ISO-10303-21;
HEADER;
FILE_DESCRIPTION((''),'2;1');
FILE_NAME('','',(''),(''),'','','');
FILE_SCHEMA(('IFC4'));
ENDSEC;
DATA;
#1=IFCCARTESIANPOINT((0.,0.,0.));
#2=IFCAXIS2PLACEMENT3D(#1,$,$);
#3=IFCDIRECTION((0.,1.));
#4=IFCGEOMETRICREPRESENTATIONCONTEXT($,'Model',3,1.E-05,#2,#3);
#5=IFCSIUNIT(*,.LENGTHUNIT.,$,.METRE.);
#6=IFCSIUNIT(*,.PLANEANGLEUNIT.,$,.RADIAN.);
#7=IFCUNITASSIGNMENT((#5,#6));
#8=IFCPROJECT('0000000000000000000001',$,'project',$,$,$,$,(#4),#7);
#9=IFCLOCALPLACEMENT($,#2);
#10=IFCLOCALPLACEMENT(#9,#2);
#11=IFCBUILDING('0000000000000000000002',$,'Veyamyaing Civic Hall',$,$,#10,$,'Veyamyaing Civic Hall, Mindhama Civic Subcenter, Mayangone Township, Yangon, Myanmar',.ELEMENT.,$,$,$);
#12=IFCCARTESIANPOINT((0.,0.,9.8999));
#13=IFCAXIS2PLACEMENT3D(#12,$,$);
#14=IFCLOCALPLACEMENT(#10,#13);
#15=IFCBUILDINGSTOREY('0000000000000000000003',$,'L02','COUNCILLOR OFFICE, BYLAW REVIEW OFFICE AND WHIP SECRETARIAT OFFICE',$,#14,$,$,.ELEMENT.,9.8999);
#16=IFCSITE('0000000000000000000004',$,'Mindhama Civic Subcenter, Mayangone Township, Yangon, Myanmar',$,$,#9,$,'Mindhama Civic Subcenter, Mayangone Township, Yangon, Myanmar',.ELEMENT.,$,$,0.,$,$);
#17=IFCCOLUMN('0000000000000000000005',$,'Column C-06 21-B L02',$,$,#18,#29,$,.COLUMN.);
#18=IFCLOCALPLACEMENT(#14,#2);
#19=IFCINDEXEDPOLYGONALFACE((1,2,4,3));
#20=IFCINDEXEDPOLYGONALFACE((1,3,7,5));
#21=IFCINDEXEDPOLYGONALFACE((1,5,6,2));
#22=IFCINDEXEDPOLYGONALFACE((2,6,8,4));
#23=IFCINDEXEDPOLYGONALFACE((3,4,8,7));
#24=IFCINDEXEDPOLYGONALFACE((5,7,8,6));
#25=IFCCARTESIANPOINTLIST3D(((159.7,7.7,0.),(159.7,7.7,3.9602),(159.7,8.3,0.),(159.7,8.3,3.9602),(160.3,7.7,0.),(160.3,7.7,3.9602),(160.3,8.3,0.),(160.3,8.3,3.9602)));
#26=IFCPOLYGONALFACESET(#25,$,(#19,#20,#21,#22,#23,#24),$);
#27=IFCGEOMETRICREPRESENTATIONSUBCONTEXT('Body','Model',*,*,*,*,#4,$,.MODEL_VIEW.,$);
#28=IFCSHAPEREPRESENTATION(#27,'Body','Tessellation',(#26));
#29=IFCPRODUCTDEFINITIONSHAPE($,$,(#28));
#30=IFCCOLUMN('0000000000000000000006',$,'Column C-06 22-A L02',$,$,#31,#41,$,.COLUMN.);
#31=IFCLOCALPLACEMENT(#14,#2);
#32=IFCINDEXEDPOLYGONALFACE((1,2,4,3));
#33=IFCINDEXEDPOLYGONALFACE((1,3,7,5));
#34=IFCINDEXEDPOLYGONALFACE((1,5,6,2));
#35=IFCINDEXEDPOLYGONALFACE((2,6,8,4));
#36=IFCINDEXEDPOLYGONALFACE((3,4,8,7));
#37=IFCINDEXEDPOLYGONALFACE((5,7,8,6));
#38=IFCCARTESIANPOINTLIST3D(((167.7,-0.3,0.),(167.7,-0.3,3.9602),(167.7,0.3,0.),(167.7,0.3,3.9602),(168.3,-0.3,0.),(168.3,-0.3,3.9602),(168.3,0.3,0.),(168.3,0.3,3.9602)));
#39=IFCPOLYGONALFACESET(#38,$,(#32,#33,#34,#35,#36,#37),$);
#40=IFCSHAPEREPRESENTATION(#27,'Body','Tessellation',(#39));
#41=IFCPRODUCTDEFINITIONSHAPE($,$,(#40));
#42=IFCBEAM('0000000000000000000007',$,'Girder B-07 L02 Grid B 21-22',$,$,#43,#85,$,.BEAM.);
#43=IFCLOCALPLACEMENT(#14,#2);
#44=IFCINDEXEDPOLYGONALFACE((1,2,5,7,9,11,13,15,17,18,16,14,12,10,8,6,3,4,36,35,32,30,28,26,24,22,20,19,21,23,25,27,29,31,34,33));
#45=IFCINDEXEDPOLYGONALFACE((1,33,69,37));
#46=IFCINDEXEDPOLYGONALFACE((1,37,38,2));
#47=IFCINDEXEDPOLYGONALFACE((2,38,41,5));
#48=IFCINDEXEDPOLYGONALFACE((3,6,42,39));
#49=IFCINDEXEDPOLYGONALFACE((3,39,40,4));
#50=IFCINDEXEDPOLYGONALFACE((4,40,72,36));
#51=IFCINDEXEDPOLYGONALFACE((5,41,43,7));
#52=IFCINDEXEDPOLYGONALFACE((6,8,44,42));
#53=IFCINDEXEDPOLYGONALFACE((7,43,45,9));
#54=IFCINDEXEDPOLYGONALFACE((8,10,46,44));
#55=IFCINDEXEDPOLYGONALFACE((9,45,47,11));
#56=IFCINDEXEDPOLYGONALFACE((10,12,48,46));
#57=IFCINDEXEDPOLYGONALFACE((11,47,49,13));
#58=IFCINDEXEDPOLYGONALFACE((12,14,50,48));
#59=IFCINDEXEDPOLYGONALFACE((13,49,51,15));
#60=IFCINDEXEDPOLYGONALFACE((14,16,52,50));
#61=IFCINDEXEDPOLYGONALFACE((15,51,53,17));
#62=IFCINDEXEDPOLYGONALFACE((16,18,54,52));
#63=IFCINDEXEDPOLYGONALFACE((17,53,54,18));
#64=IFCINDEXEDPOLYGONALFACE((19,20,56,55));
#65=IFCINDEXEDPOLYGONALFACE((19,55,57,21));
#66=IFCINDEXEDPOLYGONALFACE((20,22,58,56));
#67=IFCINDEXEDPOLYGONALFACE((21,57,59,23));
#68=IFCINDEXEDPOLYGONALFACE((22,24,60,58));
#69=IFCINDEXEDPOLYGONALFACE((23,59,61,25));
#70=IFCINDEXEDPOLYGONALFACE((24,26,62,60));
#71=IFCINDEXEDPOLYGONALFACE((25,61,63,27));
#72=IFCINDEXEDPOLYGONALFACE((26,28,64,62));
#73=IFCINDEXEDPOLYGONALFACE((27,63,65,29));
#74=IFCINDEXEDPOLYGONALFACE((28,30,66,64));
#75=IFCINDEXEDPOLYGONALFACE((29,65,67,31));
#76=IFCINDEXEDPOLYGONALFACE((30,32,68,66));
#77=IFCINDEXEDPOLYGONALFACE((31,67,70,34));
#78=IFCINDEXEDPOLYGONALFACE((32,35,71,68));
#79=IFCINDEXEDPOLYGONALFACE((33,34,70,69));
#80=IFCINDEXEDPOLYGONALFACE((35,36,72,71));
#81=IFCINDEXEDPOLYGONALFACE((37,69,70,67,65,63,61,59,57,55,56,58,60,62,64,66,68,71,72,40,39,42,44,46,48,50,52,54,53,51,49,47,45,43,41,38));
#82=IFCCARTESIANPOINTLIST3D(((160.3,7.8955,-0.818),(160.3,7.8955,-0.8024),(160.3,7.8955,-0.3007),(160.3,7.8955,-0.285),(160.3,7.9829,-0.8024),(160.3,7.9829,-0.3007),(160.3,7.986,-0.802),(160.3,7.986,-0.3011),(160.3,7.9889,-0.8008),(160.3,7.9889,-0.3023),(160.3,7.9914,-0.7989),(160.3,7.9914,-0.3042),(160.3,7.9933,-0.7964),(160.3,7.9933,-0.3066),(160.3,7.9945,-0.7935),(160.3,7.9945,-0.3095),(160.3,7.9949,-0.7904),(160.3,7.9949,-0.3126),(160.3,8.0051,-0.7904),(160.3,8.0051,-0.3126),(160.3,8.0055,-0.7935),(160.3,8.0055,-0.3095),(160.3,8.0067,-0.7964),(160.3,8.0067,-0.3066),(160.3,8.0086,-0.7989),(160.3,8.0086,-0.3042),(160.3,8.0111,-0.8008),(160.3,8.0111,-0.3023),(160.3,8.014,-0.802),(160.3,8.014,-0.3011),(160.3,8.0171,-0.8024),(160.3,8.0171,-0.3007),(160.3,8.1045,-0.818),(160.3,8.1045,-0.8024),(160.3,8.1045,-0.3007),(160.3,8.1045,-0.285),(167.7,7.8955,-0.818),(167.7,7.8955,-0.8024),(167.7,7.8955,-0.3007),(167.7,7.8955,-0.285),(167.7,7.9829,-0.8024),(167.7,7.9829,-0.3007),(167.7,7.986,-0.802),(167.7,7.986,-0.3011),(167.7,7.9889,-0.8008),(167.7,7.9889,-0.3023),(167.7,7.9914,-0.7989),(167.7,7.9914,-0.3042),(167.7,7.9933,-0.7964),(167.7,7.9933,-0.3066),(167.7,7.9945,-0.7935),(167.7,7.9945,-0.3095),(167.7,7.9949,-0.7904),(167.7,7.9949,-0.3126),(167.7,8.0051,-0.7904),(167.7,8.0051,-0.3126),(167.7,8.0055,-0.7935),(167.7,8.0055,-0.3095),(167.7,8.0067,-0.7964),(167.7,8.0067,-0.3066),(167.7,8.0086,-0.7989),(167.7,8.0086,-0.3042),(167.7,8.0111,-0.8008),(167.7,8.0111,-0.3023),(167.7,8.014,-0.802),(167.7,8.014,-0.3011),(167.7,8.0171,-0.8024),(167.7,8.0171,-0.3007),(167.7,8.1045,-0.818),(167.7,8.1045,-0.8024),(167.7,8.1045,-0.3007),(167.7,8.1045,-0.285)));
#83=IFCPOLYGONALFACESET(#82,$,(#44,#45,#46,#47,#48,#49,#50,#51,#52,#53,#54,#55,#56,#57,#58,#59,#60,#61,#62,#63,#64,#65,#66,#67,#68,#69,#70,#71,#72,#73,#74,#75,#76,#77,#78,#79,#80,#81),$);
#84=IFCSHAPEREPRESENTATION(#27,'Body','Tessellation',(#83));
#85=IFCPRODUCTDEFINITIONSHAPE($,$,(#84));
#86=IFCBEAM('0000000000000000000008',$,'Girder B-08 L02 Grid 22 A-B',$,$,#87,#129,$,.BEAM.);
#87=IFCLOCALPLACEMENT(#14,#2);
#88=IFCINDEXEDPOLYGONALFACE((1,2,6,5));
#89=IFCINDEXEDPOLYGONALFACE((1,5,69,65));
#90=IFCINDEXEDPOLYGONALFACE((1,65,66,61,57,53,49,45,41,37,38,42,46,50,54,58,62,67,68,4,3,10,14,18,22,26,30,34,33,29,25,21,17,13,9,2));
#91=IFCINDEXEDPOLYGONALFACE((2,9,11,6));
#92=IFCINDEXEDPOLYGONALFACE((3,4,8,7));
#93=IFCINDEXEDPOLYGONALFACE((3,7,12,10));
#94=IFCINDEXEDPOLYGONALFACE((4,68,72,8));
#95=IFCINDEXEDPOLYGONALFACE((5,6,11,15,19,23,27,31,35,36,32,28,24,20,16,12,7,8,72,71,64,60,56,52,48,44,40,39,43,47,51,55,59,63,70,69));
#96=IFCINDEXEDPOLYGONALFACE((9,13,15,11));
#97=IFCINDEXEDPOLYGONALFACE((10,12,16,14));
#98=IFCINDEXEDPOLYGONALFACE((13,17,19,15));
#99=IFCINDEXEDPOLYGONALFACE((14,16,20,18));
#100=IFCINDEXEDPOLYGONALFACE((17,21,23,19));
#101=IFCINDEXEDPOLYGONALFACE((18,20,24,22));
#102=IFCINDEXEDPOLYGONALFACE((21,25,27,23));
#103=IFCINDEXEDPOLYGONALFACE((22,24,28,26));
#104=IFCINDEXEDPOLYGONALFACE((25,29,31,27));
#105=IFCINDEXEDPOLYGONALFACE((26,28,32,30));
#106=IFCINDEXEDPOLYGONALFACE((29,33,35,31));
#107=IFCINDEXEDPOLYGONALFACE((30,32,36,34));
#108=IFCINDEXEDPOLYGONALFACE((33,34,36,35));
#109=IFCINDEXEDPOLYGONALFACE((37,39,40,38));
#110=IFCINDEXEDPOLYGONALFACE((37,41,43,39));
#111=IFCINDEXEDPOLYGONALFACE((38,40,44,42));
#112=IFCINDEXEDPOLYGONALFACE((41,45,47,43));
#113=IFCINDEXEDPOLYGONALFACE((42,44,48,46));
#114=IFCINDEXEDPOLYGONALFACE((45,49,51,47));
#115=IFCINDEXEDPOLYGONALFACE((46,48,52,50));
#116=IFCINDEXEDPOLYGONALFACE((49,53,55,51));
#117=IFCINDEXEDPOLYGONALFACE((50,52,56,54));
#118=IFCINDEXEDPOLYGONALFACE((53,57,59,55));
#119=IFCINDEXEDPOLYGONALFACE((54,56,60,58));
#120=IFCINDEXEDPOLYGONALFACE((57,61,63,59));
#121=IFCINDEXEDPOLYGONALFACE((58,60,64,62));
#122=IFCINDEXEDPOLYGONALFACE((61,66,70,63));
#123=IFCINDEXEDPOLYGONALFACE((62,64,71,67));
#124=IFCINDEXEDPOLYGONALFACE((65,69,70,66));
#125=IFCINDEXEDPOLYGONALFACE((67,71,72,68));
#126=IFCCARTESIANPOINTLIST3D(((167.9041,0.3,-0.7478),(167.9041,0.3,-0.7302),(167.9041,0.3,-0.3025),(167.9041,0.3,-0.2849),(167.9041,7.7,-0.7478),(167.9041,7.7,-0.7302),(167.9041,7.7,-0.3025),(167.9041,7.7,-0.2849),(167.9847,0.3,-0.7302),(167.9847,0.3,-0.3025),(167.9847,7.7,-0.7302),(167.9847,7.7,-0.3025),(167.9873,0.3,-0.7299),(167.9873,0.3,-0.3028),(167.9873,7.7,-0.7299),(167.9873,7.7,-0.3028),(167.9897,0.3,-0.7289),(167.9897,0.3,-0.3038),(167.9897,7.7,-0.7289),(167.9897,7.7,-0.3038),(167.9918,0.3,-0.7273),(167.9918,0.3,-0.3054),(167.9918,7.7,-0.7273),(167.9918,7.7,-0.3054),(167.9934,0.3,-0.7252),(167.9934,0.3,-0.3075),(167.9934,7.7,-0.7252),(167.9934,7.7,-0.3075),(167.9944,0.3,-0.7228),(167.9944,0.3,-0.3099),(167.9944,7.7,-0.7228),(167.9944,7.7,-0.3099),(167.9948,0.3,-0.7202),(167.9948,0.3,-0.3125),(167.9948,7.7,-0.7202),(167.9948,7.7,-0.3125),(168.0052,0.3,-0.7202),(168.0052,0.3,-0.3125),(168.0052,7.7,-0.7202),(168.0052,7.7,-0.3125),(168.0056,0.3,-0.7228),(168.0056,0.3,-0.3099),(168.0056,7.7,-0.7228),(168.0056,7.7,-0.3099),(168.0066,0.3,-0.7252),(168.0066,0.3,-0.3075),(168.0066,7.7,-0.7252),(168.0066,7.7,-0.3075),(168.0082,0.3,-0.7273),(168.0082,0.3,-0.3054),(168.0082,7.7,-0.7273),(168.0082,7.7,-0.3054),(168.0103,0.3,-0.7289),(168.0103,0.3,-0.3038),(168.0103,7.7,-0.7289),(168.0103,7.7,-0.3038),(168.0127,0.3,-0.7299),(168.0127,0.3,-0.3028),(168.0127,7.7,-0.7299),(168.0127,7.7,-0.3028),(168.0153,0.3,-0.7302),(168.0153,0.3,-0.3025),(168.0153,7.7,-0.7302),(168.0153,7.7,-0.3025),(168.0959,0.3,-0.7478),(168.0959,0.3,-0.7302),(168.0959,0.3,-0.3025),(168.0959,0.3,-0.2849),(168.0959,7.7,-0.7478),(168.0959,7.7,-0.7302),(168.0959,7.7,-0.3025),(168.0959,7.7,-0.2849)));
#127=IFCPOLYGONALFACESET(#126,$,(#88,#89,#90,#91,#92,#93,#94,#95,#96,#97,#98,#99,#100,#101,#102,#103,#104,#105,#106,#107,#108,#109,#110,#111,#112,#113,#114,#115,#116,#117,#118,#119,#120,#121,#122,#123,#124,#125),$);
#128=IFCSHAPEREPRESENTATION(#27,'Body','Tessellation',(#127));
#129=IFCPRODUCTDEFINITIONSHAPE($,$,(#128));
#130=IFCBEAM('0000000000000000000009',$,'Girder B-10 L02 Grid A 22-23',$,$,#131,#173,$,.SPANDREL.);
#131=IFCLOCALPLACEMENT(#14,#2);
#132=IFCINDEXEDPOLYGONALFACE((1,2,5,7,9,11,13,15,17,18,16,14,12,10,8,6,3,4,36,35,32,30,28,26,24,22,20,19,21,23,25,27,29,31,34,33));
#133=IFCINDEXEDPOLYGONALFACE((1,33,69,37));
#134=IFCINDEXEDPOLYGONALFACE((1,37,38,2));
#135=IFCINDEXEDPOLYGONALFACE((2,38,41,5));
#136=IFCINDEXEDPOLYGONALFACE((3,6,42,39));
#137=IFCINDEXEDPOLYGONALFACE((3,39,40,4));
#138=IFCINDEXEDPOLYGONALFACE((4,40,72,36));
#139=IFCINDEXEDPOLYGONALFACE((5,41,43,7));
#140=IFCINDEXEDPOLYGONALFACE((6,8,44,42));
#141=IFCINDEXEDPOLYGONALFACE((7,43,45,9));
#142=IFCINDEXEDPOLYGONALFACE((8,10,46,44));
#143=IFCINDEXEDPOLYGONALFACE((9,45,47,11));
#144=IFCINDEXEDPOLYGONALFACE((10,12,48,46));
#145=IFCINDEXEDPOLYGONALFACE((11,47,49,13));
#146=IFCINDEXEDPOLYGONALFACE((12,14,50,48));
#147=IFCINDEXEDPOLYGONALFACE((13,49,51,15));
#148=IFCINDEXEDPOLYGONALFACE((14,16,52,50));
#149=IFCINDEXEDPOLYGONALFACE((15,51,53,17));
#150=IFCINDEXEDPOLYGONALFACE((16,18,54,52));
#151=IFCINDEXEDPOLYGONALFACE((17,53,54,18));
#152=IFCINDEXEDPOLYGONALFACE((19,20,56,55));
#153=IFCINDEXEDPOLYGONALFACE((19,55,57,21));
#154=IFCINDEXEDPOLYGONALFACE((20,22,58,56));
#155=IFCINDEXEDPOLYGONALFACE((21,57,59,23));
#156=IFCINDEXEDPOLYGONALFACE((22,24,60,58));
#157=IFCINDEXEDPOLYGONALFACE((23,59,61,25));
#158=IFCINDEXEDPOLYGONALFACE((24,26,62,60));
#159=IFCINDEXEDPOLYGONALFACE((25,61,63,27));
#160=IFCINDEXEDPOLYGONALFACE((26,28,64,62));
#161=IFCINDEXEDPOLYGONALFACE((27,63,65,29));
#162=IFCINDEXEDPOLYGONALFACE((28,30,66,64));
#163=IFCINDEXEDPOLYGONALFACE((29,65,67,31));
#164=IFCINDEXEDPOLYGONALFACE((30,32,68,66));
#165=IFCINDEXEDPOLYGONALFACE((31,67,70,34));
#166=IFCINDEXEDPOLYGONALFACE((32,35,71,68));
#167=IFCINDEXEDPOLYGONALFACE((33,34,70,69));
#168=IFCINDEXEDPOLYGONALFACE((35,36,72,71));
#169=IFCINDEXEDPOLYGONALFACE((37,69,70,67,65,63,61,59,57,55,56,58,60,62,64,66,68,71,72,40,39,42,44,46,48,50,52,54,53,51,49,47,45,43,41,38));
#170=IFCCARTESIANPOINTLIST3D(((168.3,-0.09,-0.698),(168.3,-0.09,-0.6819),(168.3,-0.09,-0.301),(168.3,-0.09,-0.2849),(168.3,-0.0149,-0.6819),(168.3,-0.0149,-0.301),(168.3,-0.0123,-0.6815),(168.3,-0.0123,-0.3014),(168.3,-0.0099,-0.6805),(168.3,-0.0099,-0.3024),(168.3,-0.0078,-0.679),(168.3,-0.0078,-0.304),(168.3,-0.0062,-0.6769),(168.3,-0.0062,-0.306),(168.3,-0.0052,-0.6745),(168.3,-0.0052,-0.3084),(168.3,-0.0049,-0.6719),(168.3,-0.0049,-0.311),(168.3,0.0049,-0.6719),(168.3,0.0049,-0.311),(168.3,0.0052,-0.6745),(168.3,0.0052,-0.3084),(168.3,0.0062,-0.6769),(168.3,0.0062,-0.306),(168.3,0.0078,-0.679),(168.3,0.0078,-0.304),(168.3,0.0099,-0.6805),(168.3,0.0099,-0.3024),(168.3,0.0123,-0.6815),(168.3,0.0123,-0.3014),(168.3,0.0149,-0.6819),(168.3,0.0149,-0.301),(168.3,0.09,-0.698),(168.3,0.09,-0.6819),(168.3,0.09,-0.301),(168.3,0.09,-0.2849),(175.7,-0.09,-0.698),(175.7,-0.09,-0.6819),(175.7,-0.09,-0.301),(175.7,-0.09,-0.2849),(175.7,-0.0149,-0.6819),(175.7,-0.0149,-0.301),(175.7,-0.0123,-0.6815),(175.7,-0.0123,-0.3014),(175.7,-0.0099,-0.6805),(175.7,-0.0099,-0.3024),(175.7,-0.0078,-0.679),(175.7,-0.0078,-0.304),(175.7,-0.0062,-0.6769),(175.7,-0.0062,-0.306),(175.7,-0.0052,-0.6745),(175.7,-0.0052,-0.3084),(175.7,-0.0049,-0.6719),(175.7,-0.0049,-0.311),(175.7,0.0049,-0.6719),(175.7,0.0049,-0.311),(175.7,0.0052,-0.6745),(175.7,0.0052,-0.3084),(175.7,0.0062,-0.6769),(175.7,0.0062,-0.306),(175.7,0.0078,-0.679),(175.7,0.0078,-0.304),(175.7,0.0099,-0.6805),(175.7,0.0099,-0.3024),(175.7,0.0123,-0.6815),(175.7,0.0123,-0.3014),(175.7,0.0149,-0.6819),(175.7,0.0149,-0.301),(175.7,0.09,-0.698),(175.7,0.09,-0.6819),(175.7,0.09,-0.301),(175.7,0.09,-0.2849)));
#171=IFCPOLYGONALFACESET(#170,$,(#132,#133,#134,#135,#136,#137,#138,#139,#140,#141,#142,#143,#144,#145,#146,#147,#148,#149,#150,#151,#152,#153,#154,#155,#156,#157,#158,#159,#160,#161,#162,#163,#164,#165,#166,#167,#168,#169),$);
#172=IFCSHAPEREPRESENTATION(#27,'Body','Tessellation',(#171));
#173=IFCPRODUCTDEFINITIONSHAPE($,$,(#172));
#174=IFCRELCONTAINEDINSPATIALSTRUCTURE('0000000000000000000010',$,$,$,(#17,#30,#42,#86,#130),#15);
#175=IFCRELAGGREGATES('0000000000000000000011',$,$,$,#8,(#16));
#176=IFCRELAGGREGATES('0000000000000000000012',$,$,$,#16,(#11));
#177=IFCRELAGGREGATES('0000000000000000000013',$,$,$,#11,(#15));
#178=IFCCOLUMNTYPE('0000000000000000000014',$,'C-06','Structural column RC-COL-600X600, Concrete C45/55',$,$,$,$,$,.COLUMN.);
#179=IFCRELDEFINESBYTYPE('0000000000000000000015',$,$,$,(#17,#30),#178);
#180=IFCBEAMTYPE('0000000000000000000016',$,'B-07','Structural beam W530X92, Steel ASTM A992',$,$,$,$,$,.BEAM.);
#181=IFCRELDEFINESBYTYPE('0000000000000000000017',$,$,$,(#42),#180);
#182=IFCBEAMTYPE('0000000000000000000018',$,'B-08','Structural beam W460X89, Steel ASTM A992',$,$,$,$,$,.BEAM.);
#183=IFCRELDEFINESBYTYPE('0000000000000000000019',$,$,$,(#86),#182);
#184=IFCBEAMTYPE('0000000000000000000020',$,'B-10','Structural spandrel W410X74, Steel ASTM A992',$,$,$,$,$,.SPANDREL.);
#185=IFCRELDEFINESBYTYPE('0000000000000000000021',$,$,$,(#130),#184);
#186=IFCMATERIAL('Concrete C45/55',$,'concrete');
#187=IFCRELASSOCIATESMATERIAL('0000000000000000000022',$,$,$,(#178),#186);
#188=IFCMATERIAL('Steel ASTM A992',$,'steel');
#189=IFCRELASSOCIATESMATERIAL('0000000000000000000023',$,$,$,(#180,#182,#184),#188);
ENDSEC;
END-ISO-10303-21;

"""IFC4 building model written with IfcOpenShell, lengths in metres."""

from ifc_helpers import new_model, si_unit, direction, frame, origin, origin_2d, place, context, subcontext, project, spatial, rectangle, i_section, extrude, material, material_profile, profile_set, type_object, element, save


model = new_model("IFC4")

# Units and contexts
model_context = context("Model", 3, precision=1e-05, world=origin(), true_north=direction((0.0, 1.0)))
body_context = subcontext(model_context, "Body", "Model", "MODEL_VIEW")
ifc_project = project(units=[si_unit("LENGTHUNIT", "METRE"), si_unit("PLANEANGLEUNIT", "RADIAN")], contexts=[model_context])

# Site, building, storey
site_placement = place(None, origin())
site = spatial("IfcSite", under=ifc_project, at=site_placement, Name="Mindhama Civic Subcenter, Mayangone Township, Yangon, Myanmar", LongName="Mindhama Civic Subcenter, Mayangone Township, Yangon, Myanmar", CompositionType="ELEMENT", RefElevation=0.0)
building_placement = place(site_placement, origin())
building = spatial("IfcBuilding", under=site, at=building_placement, Name="Veyamyaing Civic Hall", LongName="Veyamyaing Civic Hall, Mindhama Civic Subcenter, Mayangone Township, Yangon, Myanmar", CompositionType="ELEMENT")
storey_placement = place(building_placement, frame((0.0, 0.0, 9.8999)))
storey = spatial("IfcBuildingStorey", under=building, at=storey_placement, Name="L02", Description="COUNCILLOR OFFICE, BYLAW REVIEW OFFICE AND WHIP SECRETARIAT OFFICE", CompositionType="ELEMENT", Elevation=9.8999)

# Columns
ifc_material_1 = material(Name="Concrete C45/55", Category="concrete")
ifc_material_profile_1 = material_profile(ifc_material_1, rectangle(XDim=0.6001, YDim=0.6001, at=origin_2d()), Name="RC-COL-600X600")
ifc_profile_set_1 = profile_set([ifc_material_profile_1], Name="Concrete C45/55")
column_type = type_object("IfcColumnType", Name="C-06", Description="Structural column RC-COL-600X600, Concrete C45/55", PredefinedType="COLUMN", material=ifc_profile_set_1)
for number, where, z_axis, x_axis, name in (
    (1, (160.0, 8.0, 0.0), (0.0, 0.0, 1.0), (1.0, 0.0, 0.0), "Column C-06 21-B L02"),
    (2, (168.0, 0.0, 0.0), (0.0, 0.0, 1.0), (1.0, 0.0, 0.0), "Column C-06 22-A L02"),
):
    element("IfcColumn", number, at=place(storey_placement, frame(where, z_axis=z_axis, x_axis=x_axis)), inside=storey, type_object=column_type, Name=name, PredefinedType="COLUMN", context=body_context, shape_type="SweptSolid", body=[
        extrude(rectangle(XDim=0.6001, YDim=0.6001, at=origin_2d()), origin(), (0.0, 0.0, 1.0), 3.9602),
    ])

# Beams
ifc_material_2 = material(Name="Steel ASTM A992", Category="steel")
ifc_material_profile_2 = material_profile(ifc_material_2, i_section(OverallWidth=0.209, OverallDepth=0.533, WebThickness=0.0103, FlangeThickness=0.0156, FilletRadius=0.012, at=origin_2d()), Name="W530X92")
ifc_profile_set_2 = profile_set([ifc_material_profile_2], Name="Steel ASTM A992")
beam_type_1 = type_object("IfcBeamType", Name="B-07", Description="Structural beam W530X92, Steel ASTM A992", PredefinedType="BEAM", material=ifc_profile_set_2)
beam_1_placement = place(storey_placement, frame((160.3, 8.0, -0.5515), z_axis=(1.0, 0.0, 0.0), x_axis=(0.0, 1.0, 0.0)))
element("IfcBeam", 3, at=beam_1_placement, inside=storey, type_object=beam_type_1, Name="Girder B-07 L02 Grid B 21-22", PredefinedType="BEAM", context=body_context, shape_type="SweptSolid", body=[
    extrude(i_section(OverallWidth=0.209, OverallDepth=0.533, WebThickness=0.0103, FlangeThickness=0.0156, FilletRadius=0.012, at=origin_2d()), origin(), (0.0, 0.0, 1.0), 7.3999),
])
ifc_material_profile_3 = material_profile(ifc_material_2, i_section(OverallWidth=0.1919, OverallDepth=0.4629, WebThickness=0.0105, FlangeThickness=0.0176, FilletRadius=0.01, at=origin_2d()), Name="W460X89")
ifc_profile_set_3 = profile_set([ifc_material_profile_3], Name="Steel ASTM A992")
beam_type_2 = type_object("IfcBeamType", Name="B-08", Description="Structural beam W460X89, Steel ASTM A992", PredefinedType="BEAM", material=ifc_profile_set_3)
beam_2_placement = place(storey_placement, frame((168.0, 0.3, -0.5164), z_axis=(0.0, 1.0, 0.0), x_axis=(-1.0, 0.0, 0.0)))
element("IfcBeam", 4, at=beam_2_placement, inside=storey, type_object=beam_type_2, Name="Girder B-08 L02 Grid 22 A-B", PredefinedType="BEAM", context=body_context, shape_type="SweptSolid", body=[
    extrude(i_section(OverallWidth=0.1919, OverallDepth=0.4629, WebThickness=0.0105, FlangeThickness=0.0176, FilletRadius=0.01, at=origin_2d()), origin(), (0.0, 0.0, 1.0), 7.3999),
])
ifc_material_profile_4 = material_profile(ifc_material_2, i_section(OverallWidth=0.1799, OverallDepth=0.4131, WebThickness=0.0098, FlangeThickness=0.0161, FilletRadius=0.01, at=origin_2d()), Name="W410X74")
ifc_profile_set_4 = profile_set([ifc_material_profile_4], Name="Steel ASTM A992")
beam_type_3 = type_object("IfcBeamType", Name="B-10", Description="Structural spandrel W410X74, Steel ASTM A992", PredefinedType="SPANDREL", material=ifc_profile_set_4)
beam_3_placement = place(storey_placement, frame((168.3, 0.0, -0.4915), z_axis=(1.0, 0.0, 0.0), x_axis=(0.0, 1.0, 0.0)))
element("IfcBeam", 5, at=beam_3_placement, inside=storey, type_object=beam_type_3, Name="Girder B-10 L02 Grid A 22-23", PredefinedType="SPANDREL", context=body_context, shape_type="SweptSolid", body=[
    extrude(i_section(OverallWidth=0.1799, OverallDepth=0.4131, WebThickness=0.0098, FlangeThickness=0.0161, FilletRadius=0.01, at=origin_2d()), origin(), (0.0, 0.0, 1.0), 7.3999),
])

save(model, "model.ifc")
